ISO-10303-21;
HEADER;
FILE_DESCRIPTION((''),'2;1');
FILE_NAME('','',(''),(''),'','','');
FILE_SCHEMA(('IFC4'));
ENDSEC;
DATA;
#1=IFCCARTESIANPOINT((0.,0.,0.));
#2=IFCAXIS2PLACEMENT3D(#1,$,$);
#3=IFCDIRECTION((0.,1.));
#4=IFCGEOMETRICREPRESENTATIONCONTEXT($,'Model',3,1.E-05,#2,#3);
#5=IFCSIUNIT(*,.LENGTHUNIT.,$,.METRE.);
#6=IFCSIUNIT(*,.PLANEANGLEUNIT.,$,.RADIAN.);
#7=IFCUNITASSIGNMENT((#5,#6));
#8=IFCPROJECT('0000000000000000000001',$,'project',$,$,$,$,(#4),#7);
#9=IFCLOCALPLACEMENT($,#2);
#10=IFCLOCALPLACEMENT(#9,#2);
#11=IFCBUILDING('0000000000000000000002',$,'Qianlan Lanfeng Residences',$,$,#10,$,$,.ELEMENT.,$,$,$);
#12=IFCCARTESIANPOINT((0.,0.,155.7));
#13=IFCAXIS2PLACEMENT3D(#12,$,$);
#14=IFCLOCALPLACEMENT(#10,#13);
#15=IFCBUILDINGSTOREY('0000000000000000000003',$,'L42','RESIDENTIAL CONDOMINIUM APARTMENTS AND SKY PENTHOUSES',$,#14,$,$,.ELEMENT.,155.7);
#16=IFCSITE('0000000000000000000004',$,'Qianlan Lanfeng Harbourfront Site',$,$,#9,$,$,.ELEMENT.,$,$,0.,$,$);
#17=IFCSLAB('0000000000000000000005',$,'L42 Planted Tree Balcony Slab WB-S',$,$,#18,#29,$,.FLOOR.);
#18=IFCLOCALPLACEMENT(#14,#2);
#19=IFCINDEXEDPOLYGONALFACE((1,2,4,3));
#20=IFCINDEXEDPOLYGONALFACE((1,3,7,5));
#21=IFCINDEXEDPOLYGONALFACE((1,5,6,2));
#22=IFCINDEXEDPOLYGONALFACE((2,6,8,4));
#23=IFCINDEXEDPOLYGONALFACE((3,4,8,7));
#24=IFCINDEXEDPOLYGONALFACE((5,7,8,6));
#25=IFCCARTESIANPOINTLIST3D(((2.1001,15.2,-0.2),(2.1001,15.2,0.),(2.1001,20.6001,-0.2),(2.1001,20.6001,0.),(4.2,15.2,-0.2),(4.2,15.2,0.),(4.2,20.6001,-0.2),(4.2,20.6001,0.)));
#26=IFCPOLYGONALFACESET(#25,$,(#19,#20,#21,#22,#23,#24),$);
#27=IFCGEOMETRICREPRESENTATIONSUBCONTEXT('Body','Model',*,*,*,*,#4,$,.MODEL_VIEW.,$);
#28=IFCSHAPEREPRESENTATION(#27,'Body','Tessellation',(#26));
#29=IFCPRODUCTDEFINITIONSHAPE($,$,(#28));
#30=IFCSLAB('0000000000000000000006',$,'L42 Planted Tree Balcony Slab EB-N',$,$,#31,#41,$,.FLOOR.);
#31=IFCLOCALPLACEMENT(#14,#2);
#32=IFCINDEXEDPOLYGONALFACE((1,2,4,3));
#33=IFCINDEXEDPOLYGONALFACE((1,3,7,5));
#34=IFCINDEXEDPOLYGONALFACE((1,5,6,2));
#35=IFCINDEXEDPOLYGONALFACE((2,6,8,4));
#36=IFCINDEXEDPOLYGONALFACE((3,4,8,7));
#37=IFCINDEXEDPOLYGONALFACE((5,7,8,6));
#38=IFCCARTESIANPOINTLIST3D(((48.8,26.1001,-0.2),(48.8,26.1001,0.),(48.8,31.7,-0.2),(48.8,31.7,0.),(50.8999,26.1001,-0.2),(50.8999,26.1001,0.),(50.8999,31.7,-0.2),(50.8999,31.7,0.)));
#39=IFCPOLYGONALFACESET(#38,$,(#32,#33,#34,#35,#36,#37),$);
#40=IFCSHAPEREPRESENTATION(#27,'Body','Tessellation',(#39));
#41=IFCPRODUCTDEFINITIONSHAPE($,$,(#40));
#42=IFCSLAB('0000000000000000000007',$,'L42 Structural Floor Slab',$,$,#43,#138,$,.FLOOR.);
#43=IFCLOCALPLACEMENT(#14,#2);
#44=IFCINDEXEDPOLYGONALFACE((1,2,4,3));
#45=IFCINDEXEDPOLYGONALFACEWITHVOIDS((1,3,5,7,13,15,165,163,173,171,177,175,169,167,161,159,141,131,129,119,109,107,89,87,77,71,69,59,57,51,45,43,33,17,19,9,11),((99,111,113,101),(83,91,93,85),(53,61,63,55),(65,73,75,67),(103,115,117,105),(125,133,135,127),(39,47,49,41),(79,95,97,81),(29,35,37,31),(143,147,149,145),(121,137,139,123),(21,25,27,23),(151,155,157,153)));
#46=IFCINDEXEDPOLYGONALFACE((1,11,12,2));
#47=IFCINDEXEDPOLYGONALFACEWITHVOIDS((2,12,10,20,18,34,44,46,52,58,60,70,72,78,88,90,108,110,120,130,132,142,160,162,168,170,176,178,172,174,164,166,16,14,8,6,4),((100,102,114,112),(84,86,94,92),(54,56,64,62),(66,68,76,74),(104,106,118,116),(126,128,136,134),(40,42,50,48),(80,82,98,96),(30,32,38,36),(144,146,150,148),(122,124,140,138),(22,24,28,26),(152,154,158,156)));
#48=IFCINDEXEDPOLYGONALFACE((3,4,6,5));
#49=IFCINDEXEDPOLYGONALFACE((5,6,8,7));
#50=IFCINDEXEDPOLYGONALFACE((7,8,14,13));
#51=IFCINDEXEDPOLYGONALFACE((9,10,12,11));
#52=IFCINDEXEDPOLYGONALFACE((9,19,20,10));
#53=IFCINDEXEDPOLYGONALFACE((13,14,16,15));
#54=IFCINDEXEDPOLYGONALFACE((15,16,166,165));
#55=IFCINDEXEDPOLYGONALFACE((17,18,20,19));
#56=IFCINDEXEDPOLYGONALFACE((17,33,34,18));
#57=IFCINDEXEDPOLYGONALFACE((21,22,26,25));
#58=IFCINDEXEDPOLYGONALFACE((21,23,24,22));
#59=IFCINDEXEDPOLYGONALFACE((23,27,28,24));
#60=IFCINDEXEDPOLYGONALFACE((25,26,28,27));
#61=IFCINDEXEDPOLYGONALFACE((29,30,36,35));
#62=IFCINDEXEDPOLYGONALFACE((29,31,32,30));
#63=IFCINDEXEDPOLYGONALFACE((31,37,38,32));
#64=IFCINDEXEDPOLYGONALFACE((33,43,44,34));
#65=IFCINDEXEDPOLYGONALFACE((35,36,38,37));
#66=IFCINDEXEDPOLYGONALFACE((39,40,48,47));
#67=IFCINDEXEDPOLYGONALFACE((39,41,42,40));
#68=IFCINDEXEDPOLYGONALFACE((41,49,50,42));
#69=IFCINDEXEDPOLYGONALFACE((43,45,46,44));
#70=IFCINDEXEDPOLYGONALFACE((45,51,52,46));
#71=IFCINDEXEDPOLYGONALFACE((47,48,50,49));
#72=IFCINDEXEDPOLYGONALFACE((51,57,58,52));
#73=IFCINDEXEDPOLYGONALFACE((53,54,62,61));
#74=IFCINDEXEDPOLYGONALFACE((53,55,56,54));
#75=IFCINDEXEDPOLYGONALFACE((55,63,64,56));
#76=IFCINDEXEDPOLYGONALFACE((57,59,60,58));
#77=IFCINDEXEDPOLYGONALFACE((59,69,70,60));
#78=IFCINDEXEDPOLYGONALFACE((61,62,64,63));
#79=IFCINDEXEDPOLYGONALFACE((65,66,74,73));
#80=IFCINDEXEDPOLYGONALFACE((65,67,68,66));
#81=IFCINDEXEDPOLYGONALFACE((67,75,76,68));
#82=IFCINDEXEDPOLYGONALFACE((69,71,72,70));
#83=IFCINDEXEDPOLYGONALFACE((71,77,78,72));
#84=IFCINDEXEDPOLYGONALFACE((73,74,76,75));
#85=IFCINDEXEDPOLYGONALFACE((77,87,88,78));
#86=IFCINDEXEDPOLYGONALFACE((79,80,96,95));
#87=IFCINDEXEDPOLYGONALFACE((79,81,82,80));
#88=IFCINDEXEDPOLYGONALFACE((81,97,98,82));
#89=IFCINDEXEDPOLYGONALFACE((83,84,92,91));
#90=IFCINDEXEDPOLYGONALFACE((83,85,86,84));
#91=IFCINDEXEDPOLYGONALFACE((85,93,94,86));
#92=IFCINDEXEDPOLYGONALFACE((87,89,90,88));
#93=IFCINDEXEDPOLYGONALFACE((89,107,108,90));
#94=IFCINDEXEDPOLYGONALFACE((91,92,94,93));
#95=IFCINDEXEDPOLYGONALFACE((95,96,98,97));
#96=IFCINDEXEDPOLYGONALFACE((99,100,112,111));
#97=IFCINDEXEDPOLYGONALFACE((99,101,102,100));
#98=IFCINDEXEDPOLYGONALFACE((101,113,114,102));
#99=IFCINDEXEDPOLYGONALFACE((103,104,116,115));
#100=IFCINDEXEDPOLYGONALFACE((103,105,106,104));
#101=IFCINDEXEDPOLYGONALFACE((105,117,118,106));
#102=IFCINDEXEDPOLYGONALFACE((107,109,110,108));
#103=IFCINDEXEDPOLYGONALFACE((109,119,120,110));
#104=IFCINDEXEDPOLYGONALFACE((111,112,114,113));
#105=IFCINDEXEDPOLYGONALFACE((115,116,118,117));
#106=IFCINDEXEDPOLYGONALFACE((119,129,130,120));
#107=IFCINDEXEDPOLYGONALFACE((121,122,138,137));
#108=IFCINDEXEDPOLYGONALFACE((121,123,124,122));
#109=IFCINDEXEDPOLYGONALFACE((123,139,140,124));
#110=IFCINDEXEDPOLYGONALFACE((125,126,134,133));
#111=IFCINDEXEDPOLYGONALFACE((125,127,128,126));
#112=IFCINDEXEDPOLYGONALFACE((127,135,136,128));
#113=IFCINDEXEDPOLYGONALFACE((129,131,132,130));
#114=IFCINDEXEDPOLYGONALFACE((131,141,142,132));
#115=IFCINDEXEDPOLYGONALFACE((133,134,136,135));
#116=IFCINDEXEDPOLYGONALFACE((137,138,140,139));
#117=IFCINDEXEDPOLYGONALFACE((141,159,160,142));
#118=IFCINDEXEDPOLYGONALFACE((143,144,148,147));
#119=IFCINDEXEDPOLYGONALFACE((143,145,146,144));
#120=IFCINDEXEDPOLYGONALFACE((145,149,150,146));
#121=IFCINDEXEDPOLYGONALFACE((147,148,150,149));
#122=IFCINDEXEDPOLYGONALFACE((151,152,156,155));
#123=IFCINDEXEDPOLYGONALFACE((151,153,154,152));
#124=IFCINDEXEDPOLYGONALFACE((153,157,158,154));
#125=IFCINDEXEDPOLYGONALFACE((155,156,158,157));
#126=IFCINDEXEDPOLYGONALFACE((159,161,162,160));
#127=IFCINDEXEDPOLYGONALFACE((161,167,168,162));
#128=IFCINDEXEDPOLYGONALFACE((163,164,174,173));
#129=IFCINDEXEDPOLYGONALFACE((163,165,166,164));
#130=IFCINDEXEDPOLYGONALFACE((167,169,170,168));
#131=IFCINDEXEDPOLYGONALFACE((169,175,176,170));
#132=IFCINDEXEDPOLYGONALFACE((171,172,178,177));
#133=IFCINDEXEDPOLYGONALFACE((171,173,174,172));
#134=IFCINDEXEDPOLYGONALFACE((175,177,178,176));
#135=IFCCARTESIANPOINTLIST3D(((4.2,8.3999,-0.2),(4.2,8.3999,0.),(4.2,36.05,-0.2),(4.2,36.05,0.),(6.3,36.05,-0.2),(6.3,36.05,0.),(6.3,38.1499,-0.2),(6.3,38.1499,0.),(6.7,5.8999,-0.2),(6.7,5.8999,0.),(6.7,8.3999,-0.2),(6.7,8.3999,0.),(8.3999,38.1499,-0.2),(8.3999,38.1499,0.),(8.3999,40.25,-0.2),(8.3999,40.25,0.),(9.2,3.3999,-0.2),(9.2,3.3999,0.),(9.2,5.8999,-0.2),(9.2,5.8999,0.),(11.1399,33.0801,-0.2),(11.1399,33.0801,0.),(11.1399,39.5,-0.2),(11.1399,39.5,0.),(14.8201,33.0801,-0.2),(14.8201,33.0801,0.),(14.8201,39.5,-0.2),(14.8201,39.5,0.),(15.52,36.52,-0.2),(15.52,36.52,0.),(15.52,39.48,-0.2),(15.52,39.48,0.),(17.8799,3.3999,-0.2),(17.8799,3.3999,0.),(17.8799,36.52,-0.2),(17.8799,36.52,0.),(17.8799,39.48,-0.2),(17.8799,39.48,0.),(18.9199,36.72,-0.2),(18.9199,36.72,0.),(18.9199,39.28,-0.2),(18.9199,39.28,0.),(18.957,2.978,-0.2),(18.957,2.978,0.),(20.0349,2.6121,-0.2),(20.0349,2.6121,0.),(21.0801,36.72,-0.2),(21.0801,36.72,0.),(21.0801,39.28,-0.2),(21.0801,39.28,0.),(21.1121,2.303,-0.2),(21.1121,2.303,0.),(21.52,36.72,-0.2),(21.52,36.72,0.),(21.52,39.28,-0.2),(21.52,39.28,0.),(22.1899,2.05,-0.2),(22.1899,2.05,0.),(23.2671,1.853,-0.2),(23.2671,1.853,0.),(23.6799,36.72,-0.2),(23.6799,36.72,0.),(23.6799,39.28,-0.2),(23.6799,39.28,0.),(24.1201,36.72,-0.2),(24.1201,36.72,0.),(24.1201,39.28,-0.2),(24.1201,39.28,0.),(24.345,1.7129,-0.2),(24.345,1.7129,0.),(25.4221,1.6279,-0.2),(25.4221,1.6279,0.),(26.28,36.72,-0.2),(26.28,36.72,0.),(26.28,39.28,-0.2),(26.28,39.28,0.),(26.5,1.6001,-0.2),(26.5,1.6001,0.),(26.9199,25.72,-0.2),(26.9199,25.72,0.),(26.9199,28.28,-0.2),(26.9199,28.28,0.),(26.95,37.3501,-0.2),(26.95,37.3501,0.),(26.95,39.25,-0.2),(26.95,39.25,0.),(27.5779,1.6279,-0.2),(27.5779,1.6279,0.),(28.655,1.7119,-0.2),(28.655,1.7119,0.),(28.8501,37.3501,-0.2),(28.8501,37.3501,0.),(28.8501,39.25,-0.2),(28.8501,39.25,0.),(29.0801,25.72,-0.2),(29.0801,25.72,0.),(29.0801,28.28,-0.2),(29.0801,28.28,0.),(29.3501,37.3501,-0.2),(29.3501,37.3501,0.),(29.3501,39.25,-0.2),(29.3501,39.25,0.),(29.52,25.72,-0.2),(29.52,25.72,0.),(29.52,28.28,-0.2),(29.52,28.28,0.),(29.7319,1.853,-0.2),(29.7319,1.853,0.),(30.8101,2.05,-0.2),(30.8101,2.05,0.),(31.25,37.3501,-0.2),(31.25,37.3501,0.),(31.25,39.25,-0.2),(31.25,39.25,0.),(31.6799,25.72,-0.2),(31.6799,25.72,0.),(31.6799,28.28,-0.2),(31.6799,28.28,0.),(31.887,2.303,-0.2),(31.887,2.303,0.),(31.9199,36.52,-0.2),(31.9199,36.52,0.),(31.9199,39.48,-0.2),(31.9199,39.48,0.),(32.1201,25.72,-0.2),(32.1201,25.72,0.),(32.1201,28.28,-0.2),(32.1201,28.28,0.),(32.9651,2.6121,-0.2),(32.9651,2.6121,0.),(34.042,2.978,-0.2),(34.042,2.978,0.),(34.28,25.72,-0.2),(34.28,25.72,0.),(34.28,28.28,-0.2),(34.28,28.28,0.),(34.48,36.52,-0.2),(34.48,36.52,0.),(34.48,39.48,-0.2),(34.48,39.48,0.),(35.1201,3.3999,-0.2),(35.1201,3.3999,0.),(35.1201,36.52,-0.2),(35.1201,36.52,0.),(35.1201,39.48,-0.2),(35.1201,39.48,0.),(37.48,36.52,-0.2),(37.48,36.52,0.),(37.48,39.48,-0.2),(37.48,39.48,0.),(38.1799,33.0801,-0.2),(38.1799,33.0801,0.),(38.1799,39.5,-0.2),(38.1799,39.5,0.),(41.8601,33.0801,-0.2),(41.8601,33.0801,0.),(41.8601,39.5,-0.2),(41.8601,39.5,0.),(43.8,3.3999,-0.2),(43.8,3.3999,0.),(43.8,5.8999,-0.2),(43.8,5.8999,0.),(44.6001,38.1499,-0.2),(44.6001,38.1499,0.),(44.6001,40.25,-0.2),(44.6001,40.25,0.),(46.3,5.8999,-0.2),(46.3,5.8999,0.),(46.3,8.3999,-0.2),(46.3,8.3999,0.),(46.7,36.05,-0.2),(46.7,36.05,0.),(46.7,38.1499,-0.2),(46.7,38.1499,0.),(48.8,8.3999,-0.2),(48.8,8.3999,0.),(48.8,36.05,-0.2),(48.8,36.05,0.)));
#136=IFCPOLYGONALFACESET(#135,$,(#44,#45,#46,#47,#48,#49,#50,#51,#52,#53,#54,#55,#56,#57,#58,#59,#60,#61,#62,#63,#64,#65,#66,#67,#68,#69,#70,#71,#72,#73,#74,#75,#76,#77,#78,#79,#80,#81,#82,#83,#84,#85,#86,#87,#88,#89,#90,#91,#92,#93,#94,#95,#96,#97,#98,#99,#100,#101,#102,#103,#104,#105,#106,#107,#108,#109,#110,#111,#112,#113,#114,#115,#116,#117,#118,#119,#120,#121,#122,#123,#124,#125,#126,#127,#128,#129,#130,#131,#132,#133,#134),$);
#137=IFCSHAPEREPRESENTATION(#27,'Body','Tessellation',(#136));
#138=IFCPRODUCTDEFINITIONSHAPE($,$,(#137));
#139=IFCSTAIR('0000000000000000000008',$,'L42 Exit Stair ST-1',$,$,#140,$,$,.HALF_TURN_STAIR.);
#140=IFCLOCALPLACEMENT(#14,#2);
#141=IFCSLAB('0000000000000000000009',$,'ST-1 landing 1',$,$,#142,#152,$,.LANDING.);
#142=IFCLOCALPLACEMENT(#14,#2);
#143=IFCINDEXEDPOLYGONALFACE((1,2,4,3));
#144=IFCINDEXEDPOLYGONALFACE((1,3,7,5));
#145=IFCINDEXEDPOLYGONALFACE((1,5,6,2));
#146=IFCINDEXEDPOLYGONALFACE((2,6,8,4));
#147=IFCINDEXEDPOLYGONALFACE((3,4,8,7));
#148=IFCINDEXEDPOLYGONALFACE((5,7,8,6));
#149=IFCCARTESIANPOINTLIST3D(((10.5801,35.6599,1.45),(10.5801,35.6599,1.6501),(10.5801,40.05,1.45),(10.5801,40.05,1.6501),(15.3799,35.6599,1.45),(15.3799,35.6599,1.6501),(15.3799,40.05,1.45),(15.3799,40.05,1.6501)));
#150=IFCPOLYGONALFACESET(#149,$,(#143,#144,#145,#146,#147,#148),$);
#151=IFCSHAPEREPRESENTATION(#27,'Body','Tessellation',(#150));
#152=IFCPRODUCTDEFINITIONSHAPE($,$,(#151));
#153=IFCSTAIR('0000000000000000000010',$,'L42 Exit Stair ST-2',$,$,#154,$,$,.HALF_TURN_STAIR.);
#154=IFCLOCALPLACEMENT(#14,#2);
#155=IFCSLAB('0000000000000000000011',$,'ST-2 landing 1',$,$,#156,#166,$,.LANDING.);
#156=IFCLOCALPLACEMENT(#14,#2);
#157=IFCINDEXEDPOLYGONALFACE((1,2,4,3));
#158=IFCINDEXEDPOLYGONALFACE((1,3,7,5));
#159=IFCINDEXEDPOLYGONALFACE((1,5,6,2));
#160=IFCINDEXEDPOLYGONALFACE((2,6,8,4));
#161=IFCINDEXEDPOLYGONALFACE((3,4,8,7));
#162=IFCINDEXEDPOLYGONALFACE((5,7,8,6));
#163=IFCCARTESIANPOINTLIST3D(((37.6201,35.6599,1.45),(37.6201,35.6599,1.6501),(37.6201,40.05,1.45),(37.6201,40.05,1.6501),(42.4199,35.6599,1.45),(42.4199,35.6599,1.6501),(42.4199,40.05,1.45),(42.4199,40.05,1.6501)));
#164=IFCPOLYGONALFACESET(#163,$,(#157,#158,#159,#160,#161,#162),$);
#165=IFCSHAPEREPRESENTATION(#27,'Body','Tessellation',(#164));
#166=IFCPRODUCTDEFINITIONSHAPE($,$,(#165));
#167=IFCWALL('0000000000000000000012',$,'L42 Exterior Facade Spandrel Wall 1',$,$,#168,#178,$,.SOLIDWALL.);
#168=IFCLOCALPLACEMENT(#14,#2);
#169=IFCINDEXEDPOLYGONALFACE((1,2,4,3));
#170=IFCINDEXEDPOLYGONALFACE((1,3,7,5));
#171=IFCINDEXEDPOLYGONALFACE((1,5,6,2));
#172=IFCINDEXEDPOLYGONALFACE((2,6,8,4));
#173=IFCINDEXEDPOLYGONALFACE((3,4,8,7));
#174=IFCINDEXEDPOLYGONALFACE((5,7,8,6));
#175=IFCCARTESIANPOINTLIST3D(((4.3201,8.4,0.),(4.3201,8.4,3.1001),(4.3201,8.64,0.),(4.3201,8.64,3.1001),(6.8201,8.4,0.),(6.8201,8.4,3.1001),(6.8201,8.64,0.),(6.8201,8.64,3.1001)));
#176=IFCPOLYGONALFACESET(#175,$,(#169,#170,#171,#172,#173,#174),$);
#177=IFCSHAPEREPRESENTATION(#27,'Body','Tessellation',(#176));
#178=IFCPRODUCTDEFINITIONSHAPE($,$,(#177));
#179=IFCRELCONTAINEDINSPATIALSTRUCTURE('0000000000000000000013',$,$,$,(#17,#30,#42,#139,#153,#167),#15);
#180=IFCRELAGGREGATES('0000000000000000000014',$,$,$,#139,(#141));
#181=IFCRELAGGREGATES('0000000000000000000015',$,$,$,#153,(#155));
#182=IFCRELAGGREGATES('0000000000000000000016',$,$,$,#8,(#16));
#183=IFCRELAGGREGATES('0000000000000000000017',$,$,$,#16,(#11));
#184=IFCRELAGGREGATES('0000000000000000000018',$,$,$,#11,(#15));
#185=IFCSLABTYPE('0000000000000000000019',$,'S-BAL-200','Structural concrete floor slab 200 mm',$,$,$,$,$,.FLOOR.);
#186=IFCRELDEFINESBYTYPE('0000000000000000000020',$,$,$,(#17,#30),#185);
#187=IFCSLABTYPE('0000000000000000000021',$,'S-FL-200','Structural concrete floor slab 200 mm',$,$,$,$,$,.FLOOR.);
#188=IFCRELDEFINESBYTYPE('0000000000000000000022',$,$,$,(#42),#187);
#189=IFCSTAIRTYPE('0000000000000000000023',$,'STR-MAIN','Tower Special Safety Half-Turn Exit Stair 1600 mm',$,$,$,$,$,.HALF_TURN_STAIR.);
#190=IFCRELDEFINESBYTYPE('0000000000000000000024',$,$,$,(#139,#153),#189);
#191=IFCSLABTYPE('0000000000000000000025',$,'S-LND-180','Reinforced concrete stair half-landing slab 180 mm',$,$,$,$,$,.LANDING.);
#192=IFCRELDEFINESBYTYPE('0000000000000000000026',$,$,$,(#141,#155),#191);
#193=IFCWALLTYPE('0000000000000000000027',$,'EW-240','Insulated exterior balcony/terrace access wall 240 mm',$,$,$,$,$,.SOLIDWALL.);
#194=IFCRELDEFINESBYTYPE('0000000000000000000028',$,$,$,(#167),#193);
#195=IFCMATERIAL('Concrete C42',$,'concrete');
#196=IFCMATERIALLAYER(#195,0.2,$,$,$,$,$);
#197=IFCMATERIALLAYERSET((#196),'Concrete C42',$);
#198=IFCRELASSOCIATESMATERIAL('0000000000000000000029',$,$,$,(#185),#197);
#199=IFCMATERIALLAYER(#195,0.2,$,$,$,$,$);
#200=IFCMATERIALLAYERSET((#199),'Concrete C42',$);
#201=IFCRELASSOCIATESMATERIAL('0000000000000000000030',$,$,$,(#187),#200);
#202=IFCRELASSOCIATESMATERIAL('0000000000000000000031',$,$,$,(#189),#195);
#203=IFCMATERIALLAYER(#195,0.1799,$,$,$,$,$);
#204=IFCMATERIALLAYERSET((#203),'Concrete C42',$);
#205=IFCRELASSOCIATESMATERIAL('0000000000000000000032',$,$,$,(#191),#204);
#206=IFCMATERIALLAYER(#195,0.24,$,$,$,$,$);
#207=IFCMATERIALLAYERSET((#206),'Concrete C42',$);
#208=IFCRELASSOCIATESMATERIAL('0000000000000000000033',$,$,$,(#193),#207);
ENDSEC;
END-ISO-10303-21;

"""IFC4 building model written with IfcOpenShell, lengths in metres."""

from ifc_helpers import new_model, si_unit, direction, frame, frame_2d, origin, place, context, subcontext, project, spatial, polyline, rectangle, outline, extrude, material, layer, layer_set, type_object, element, aggregate, save


model = new_model("IFC4")

# Units and contexts
model_context = context("Model", 3, precision=1e-05, world=origin(), true_north=direction((0.0, 1.0)))
body_context = subcontext(model_context, "Body", "Model", "MODEL_VIEW")
ifc_project = project(units=[si_unit("LENGTHUNIT", "METRE"), si_unit("PLANEANGLEUNIT", "RADIAN")], contexts=[model_context])

# Site, building, storey
site_placement = place(None, origin())
site = spatial("IfcSite", under=ifc_project, at=site_placement, Name="Qianlan Lanfeng Harbourfront Site", CompositionType="ELEMENT", RefElevation=0.0)
building_placement = place(site_placement, origin())
building = spatial("IfcBuilding", under=site, at=building_placement, Name="Qianlan Lanfeng Residences", CompositionType="ELEMENT")
storey_placement = place(building_placement, frame((0.0, 0.0, 155.7)))
storey = spatial("IfcBuildingStorey", under=building, at=storey_placement, Name="L42", Description="RESIDENTIAL CONDOMINIUM APARTMENTS AND SKY PENTHOUSES", CompositionType="ELEMENT", Elevation=155.7)

# Slabs
ifc_material_1 = material(Name="Concrete C42", Category="concrete")
ifc_layer_1 = layer(ifc_material_1, 0.2)
ifc_layer_set_1 = layer_set([ifc_layer_1], Name="Concrete C42")
slab_type_1 = type_object("IfcSlabType", Name="S-BAL-200", Description="Structural concrete floor slab 200 mm", PredefinedType="FLOOR", material=ifc_layer_set_1)
slab_1_placement = place(storey_placement, frame((0.0, 0.0, -0.2)))
element("IfcSlab", 1, at=slab_1_placement, inside=storey, type_object=slab_type_1, Name="L42 Planted Tree Balcony Slab WB-S", PredefinedType="FLOOR", context=body_context, shape_type="SweptSolid", body=[
    extrude(outline(polyline([(4.2, 15.2), (4.2, 20.6001), (2.1001, 20.6001), (2.1001, 15.2), (4.2, 15.2)])), origin(), (0.0, 0.0, 1.0), 0.2),
])
slab_2_placement = place(storey_placement, frame((0.0, 0.0, -0.2)))
element("IfcSlab", 2, at=slab_2_placement, inside=storey, type_object=slab_type_1, Name="L42 Planted Tree Balcony Slab EB-N", PredefinedType="FLOOR", context=body_context, shape_type="SweptSolid", body=[
    extrude(outline(polyline([(48.8, 31.7), (48.8, 26.1001), (50.8999, 26.1001), (50.8999, 31.7), (48.8, 31.7)])), origin(), (0.0, 0.0, 1.0), 0.2),
])
ifc_layer_2 = layer(ifc_material_1, 0.2)
ifc_layer_set_2 = layer_set([ifc_layer_2], Name="Concrete C42")
slab_type_2 = type_object("IfcSlabType", Name="S-FL-200", Description="Structural concrete floor slab 200 mm", PredefinedType="FLOOR", material=ifc_layer_set_2)
slab_3_placement = place(storey_placement, frame((0.0, 0.0, -0.2)))
element("IfcSlab", 3, at=slab_3_placement, inside=storey, type_object=slab_type_2, Name="L42 Structural Floor Slab", PredefinedType="FLOOR", context=body_context, shape_type="SweptSolid", body=[
    extrude(outline(polyline([(4.2, 8.3999), (6.7, 8.3999), (6.7, 5.8999), (9.2, 5.8999), (9.2, 3.3999), (17.8799, 3.3999), (18.957, 2.978), (20.0349, 2.6121), (21.1121, 2.303), (22.1899, 2.05), (23.2671, 1.853), (24.345, 1.7129), (25.4221, 1.6279), (26.5, 1.6001), (27.5779, 1.6279), (28.655, 1.7119), (29.7319, 1.853), (30.8101, 2.05), (31.887, 2.303), (32.9651, 2.6121), (34.042, 2.978), (35.1201, 3.3999), (43.8, 3.3999), (43.8, 5.8999), (46.3, 5.8999), (46.3, 8.3999), (48.8, 8.3999), (48.8, 36.05), (46.7, 36.05), (46.7, 38.1499), (44.6001, 38.1499), (44.6001, 40.25), (8.3999, 40.25), (8.3999, 38.1499), (6.3, 38.1499), (6.3, 36.05), (4.2, 36.05), (4.2, 8.3999)]), holes=[polyline([(11.1399, 33.0801), (11.1399, 39.5), (14.8201, 39.5), (14.8201, 33.0801), (11.1399, 33.0801)]), polyline([(38.1799, 33.0801), (38.1799, 39.5), (41.8601, 39.5), (41.8601, 33.0801), (38.1799, 33.0801)]), polyline([(15.52, 36.52), (15.52, 39.48), (17.8799, 39.48), (17.8799, 36.52), (15.52, 36.52)]), polyline([(35.1201, 36.52), (35.1201, 39.48), (37.48, 39.48), (37.48, 36.52), (35.1201, 36.52)]), polyline([(31.9199, 36.52), (31.9199, 39.48), (34.48, 39.48), (34.48, 36.52), (31.9199, 36.52)]), polyline([(26.9199, 25.72), (26.9199, 28.28), (29.0801, 28.28), (29.0801, 25.72), (26.9199, 25.72)]), polyline([(29.52, 25.72), (29.52, 28.28), (31.6799, 28.28), (31.6799, 25.72), (29.52, 25.72)]), polyline([(32.1201, 25.72), (32.1201, 28.28), (34.28, 28.28), (34.28, 25.72), (32.1201, 25.72)]), polyline([(18.9199, 36.72), (18.9199, 39.28), (21.0801, 39.28), (21.0801, 36.72), (18.9199, 36.72)]), polyline([(21.52, 36.72), (21.52, 39.28), (23.6799, 39.28), (23.6799, 36.72), (21.52, 36.72)]), polyline([(24.1201, 36.72), (24.1201, 39.28), (26.28, 39.28), (26.28, 36.72), (24.1201, 36.72)]), polyline([(26.95, 37.3501), (26.95, 39.25), (28.8501, 39.25), (28.8501, 37.3501), (26.95, 37.3501)]), polyline([(29.3501, 37.3501), (29.3501, 39.25), (31.25, 39.25), (31.25, 37.3501), (29.3501, 37.3501)])]), origin(), (0.0, 0.0, 1.0), 0.2),
])

# Stairs, slabs
stair_type = type_object("IfcStairType", Name="STR-MAIN", Description="Tower Special Safety Half-Turn Exit Stair 1600 mm", PredefinedType="HALF_TURN_STAIR", material=ifc_material_1)
stair_1_placement = place(storey_placement, origin())
stair_1 = element("IfcStair", 4, at=stair_1_placement, inside=storey, type_object=stair_type, Name="L42 Exit Stair ST-1", PredefinedType="HALF_TURN_STAIR")
ifc_layer_3 = layer(ifc_material_1, 0.1799)
ifc_layer_set_3 = layer_set([ifc_layer_3], Name="Concrete C42")
slab_type_3 = type_object("IfcSlabType", Name="S-LND-180", Description="Reinforced concrete stair half-landing slab 180 mm", PredefinedType="LANDING", material=ifc_layer_set_3)
slab_4_placement = place(storey_placement, frame((0.0, 0.0, 1.45)))
slab_4 = element("IfcSlab", 5, at=slab_4_placement, type_object=slab_type_3, Name="ST-1 landing 1", PredefinedType="LANDING", context=body_context, shape_type="SweptSolid", body=[
    extrude(outline(polyline([(10.5801, 35.6599), (15.3799, 35.6599), (15.3799, 40.05), (10.5801, 40.05), (10.5801, 35.6599)])), origin(), (0.0, 0.0, 1.0), 0.2002),
])
aggregate(stair_1, [slab_4])
stair_2_placement = place(storey_placement, origin())
stair_2 = element("IfcStair", 6, at=stair_2_placement, inside=storey, type_object=stair_type, Name="L42 Exit Stair ST-2", PredefinedType="HALF_TURN_STAIR")
slab_5_placement = place(storey_placement, frame((0.0, 0.0, 1.45)))
slab_5 = element("IfcSlab", 7, at=slab_5_placement, type_object=slab_type_3, Name="ST-2 landing 1", PredefinedType="LANDING", context=body_context, shape_type="SweptSolid", body=[
    extrude(outline(polyline([(37.6201, 35.6599), (42.4199, 35.6599), (42.4199, 40.05), (37.6201, 40.05), (37.6201, 35.6599)])), origin(), (0.0, 0.0, 1.0), 0.2002),
])
aggregate(stair_2, [slab_5])

# Wall
ifc_layer_4 = layer(ifc_material_1, 0.24)
ifc_layer_set_4 = layer_set([ifc_layer_4], Name="Concrete C42")
wall_type = type_object("IfcWallType", Name="EW-240", Description="Insulated exterior balcony/terrace access wall 240 mm", PredefinedType="SOLIDWALL", material=ifc_layer_set_4)
wall_placement = place(storey_placement, frame((4.3201, 8.52, 0.0), z_axis=(0.0, 0.0, 1.0), x_axis=(1.0, 0.0, 0.0)))
element("IfcWall", 8, at=wall_placement, inside=storey, type_object=wall_type, Name="L42 Exterior Facade Spandrel Wall 1", PredefinedType="SOLIDWALL", context=body_context, shape_type="SweptSolid", body=[
    extrude(rectangle(XDim=2.5, YDim=0.24, at=frame_2d((1.25, 0.0))), origin(), (0.0, 0.0, 1.0), 3.1001),
])

save(model, "model.ifc")
